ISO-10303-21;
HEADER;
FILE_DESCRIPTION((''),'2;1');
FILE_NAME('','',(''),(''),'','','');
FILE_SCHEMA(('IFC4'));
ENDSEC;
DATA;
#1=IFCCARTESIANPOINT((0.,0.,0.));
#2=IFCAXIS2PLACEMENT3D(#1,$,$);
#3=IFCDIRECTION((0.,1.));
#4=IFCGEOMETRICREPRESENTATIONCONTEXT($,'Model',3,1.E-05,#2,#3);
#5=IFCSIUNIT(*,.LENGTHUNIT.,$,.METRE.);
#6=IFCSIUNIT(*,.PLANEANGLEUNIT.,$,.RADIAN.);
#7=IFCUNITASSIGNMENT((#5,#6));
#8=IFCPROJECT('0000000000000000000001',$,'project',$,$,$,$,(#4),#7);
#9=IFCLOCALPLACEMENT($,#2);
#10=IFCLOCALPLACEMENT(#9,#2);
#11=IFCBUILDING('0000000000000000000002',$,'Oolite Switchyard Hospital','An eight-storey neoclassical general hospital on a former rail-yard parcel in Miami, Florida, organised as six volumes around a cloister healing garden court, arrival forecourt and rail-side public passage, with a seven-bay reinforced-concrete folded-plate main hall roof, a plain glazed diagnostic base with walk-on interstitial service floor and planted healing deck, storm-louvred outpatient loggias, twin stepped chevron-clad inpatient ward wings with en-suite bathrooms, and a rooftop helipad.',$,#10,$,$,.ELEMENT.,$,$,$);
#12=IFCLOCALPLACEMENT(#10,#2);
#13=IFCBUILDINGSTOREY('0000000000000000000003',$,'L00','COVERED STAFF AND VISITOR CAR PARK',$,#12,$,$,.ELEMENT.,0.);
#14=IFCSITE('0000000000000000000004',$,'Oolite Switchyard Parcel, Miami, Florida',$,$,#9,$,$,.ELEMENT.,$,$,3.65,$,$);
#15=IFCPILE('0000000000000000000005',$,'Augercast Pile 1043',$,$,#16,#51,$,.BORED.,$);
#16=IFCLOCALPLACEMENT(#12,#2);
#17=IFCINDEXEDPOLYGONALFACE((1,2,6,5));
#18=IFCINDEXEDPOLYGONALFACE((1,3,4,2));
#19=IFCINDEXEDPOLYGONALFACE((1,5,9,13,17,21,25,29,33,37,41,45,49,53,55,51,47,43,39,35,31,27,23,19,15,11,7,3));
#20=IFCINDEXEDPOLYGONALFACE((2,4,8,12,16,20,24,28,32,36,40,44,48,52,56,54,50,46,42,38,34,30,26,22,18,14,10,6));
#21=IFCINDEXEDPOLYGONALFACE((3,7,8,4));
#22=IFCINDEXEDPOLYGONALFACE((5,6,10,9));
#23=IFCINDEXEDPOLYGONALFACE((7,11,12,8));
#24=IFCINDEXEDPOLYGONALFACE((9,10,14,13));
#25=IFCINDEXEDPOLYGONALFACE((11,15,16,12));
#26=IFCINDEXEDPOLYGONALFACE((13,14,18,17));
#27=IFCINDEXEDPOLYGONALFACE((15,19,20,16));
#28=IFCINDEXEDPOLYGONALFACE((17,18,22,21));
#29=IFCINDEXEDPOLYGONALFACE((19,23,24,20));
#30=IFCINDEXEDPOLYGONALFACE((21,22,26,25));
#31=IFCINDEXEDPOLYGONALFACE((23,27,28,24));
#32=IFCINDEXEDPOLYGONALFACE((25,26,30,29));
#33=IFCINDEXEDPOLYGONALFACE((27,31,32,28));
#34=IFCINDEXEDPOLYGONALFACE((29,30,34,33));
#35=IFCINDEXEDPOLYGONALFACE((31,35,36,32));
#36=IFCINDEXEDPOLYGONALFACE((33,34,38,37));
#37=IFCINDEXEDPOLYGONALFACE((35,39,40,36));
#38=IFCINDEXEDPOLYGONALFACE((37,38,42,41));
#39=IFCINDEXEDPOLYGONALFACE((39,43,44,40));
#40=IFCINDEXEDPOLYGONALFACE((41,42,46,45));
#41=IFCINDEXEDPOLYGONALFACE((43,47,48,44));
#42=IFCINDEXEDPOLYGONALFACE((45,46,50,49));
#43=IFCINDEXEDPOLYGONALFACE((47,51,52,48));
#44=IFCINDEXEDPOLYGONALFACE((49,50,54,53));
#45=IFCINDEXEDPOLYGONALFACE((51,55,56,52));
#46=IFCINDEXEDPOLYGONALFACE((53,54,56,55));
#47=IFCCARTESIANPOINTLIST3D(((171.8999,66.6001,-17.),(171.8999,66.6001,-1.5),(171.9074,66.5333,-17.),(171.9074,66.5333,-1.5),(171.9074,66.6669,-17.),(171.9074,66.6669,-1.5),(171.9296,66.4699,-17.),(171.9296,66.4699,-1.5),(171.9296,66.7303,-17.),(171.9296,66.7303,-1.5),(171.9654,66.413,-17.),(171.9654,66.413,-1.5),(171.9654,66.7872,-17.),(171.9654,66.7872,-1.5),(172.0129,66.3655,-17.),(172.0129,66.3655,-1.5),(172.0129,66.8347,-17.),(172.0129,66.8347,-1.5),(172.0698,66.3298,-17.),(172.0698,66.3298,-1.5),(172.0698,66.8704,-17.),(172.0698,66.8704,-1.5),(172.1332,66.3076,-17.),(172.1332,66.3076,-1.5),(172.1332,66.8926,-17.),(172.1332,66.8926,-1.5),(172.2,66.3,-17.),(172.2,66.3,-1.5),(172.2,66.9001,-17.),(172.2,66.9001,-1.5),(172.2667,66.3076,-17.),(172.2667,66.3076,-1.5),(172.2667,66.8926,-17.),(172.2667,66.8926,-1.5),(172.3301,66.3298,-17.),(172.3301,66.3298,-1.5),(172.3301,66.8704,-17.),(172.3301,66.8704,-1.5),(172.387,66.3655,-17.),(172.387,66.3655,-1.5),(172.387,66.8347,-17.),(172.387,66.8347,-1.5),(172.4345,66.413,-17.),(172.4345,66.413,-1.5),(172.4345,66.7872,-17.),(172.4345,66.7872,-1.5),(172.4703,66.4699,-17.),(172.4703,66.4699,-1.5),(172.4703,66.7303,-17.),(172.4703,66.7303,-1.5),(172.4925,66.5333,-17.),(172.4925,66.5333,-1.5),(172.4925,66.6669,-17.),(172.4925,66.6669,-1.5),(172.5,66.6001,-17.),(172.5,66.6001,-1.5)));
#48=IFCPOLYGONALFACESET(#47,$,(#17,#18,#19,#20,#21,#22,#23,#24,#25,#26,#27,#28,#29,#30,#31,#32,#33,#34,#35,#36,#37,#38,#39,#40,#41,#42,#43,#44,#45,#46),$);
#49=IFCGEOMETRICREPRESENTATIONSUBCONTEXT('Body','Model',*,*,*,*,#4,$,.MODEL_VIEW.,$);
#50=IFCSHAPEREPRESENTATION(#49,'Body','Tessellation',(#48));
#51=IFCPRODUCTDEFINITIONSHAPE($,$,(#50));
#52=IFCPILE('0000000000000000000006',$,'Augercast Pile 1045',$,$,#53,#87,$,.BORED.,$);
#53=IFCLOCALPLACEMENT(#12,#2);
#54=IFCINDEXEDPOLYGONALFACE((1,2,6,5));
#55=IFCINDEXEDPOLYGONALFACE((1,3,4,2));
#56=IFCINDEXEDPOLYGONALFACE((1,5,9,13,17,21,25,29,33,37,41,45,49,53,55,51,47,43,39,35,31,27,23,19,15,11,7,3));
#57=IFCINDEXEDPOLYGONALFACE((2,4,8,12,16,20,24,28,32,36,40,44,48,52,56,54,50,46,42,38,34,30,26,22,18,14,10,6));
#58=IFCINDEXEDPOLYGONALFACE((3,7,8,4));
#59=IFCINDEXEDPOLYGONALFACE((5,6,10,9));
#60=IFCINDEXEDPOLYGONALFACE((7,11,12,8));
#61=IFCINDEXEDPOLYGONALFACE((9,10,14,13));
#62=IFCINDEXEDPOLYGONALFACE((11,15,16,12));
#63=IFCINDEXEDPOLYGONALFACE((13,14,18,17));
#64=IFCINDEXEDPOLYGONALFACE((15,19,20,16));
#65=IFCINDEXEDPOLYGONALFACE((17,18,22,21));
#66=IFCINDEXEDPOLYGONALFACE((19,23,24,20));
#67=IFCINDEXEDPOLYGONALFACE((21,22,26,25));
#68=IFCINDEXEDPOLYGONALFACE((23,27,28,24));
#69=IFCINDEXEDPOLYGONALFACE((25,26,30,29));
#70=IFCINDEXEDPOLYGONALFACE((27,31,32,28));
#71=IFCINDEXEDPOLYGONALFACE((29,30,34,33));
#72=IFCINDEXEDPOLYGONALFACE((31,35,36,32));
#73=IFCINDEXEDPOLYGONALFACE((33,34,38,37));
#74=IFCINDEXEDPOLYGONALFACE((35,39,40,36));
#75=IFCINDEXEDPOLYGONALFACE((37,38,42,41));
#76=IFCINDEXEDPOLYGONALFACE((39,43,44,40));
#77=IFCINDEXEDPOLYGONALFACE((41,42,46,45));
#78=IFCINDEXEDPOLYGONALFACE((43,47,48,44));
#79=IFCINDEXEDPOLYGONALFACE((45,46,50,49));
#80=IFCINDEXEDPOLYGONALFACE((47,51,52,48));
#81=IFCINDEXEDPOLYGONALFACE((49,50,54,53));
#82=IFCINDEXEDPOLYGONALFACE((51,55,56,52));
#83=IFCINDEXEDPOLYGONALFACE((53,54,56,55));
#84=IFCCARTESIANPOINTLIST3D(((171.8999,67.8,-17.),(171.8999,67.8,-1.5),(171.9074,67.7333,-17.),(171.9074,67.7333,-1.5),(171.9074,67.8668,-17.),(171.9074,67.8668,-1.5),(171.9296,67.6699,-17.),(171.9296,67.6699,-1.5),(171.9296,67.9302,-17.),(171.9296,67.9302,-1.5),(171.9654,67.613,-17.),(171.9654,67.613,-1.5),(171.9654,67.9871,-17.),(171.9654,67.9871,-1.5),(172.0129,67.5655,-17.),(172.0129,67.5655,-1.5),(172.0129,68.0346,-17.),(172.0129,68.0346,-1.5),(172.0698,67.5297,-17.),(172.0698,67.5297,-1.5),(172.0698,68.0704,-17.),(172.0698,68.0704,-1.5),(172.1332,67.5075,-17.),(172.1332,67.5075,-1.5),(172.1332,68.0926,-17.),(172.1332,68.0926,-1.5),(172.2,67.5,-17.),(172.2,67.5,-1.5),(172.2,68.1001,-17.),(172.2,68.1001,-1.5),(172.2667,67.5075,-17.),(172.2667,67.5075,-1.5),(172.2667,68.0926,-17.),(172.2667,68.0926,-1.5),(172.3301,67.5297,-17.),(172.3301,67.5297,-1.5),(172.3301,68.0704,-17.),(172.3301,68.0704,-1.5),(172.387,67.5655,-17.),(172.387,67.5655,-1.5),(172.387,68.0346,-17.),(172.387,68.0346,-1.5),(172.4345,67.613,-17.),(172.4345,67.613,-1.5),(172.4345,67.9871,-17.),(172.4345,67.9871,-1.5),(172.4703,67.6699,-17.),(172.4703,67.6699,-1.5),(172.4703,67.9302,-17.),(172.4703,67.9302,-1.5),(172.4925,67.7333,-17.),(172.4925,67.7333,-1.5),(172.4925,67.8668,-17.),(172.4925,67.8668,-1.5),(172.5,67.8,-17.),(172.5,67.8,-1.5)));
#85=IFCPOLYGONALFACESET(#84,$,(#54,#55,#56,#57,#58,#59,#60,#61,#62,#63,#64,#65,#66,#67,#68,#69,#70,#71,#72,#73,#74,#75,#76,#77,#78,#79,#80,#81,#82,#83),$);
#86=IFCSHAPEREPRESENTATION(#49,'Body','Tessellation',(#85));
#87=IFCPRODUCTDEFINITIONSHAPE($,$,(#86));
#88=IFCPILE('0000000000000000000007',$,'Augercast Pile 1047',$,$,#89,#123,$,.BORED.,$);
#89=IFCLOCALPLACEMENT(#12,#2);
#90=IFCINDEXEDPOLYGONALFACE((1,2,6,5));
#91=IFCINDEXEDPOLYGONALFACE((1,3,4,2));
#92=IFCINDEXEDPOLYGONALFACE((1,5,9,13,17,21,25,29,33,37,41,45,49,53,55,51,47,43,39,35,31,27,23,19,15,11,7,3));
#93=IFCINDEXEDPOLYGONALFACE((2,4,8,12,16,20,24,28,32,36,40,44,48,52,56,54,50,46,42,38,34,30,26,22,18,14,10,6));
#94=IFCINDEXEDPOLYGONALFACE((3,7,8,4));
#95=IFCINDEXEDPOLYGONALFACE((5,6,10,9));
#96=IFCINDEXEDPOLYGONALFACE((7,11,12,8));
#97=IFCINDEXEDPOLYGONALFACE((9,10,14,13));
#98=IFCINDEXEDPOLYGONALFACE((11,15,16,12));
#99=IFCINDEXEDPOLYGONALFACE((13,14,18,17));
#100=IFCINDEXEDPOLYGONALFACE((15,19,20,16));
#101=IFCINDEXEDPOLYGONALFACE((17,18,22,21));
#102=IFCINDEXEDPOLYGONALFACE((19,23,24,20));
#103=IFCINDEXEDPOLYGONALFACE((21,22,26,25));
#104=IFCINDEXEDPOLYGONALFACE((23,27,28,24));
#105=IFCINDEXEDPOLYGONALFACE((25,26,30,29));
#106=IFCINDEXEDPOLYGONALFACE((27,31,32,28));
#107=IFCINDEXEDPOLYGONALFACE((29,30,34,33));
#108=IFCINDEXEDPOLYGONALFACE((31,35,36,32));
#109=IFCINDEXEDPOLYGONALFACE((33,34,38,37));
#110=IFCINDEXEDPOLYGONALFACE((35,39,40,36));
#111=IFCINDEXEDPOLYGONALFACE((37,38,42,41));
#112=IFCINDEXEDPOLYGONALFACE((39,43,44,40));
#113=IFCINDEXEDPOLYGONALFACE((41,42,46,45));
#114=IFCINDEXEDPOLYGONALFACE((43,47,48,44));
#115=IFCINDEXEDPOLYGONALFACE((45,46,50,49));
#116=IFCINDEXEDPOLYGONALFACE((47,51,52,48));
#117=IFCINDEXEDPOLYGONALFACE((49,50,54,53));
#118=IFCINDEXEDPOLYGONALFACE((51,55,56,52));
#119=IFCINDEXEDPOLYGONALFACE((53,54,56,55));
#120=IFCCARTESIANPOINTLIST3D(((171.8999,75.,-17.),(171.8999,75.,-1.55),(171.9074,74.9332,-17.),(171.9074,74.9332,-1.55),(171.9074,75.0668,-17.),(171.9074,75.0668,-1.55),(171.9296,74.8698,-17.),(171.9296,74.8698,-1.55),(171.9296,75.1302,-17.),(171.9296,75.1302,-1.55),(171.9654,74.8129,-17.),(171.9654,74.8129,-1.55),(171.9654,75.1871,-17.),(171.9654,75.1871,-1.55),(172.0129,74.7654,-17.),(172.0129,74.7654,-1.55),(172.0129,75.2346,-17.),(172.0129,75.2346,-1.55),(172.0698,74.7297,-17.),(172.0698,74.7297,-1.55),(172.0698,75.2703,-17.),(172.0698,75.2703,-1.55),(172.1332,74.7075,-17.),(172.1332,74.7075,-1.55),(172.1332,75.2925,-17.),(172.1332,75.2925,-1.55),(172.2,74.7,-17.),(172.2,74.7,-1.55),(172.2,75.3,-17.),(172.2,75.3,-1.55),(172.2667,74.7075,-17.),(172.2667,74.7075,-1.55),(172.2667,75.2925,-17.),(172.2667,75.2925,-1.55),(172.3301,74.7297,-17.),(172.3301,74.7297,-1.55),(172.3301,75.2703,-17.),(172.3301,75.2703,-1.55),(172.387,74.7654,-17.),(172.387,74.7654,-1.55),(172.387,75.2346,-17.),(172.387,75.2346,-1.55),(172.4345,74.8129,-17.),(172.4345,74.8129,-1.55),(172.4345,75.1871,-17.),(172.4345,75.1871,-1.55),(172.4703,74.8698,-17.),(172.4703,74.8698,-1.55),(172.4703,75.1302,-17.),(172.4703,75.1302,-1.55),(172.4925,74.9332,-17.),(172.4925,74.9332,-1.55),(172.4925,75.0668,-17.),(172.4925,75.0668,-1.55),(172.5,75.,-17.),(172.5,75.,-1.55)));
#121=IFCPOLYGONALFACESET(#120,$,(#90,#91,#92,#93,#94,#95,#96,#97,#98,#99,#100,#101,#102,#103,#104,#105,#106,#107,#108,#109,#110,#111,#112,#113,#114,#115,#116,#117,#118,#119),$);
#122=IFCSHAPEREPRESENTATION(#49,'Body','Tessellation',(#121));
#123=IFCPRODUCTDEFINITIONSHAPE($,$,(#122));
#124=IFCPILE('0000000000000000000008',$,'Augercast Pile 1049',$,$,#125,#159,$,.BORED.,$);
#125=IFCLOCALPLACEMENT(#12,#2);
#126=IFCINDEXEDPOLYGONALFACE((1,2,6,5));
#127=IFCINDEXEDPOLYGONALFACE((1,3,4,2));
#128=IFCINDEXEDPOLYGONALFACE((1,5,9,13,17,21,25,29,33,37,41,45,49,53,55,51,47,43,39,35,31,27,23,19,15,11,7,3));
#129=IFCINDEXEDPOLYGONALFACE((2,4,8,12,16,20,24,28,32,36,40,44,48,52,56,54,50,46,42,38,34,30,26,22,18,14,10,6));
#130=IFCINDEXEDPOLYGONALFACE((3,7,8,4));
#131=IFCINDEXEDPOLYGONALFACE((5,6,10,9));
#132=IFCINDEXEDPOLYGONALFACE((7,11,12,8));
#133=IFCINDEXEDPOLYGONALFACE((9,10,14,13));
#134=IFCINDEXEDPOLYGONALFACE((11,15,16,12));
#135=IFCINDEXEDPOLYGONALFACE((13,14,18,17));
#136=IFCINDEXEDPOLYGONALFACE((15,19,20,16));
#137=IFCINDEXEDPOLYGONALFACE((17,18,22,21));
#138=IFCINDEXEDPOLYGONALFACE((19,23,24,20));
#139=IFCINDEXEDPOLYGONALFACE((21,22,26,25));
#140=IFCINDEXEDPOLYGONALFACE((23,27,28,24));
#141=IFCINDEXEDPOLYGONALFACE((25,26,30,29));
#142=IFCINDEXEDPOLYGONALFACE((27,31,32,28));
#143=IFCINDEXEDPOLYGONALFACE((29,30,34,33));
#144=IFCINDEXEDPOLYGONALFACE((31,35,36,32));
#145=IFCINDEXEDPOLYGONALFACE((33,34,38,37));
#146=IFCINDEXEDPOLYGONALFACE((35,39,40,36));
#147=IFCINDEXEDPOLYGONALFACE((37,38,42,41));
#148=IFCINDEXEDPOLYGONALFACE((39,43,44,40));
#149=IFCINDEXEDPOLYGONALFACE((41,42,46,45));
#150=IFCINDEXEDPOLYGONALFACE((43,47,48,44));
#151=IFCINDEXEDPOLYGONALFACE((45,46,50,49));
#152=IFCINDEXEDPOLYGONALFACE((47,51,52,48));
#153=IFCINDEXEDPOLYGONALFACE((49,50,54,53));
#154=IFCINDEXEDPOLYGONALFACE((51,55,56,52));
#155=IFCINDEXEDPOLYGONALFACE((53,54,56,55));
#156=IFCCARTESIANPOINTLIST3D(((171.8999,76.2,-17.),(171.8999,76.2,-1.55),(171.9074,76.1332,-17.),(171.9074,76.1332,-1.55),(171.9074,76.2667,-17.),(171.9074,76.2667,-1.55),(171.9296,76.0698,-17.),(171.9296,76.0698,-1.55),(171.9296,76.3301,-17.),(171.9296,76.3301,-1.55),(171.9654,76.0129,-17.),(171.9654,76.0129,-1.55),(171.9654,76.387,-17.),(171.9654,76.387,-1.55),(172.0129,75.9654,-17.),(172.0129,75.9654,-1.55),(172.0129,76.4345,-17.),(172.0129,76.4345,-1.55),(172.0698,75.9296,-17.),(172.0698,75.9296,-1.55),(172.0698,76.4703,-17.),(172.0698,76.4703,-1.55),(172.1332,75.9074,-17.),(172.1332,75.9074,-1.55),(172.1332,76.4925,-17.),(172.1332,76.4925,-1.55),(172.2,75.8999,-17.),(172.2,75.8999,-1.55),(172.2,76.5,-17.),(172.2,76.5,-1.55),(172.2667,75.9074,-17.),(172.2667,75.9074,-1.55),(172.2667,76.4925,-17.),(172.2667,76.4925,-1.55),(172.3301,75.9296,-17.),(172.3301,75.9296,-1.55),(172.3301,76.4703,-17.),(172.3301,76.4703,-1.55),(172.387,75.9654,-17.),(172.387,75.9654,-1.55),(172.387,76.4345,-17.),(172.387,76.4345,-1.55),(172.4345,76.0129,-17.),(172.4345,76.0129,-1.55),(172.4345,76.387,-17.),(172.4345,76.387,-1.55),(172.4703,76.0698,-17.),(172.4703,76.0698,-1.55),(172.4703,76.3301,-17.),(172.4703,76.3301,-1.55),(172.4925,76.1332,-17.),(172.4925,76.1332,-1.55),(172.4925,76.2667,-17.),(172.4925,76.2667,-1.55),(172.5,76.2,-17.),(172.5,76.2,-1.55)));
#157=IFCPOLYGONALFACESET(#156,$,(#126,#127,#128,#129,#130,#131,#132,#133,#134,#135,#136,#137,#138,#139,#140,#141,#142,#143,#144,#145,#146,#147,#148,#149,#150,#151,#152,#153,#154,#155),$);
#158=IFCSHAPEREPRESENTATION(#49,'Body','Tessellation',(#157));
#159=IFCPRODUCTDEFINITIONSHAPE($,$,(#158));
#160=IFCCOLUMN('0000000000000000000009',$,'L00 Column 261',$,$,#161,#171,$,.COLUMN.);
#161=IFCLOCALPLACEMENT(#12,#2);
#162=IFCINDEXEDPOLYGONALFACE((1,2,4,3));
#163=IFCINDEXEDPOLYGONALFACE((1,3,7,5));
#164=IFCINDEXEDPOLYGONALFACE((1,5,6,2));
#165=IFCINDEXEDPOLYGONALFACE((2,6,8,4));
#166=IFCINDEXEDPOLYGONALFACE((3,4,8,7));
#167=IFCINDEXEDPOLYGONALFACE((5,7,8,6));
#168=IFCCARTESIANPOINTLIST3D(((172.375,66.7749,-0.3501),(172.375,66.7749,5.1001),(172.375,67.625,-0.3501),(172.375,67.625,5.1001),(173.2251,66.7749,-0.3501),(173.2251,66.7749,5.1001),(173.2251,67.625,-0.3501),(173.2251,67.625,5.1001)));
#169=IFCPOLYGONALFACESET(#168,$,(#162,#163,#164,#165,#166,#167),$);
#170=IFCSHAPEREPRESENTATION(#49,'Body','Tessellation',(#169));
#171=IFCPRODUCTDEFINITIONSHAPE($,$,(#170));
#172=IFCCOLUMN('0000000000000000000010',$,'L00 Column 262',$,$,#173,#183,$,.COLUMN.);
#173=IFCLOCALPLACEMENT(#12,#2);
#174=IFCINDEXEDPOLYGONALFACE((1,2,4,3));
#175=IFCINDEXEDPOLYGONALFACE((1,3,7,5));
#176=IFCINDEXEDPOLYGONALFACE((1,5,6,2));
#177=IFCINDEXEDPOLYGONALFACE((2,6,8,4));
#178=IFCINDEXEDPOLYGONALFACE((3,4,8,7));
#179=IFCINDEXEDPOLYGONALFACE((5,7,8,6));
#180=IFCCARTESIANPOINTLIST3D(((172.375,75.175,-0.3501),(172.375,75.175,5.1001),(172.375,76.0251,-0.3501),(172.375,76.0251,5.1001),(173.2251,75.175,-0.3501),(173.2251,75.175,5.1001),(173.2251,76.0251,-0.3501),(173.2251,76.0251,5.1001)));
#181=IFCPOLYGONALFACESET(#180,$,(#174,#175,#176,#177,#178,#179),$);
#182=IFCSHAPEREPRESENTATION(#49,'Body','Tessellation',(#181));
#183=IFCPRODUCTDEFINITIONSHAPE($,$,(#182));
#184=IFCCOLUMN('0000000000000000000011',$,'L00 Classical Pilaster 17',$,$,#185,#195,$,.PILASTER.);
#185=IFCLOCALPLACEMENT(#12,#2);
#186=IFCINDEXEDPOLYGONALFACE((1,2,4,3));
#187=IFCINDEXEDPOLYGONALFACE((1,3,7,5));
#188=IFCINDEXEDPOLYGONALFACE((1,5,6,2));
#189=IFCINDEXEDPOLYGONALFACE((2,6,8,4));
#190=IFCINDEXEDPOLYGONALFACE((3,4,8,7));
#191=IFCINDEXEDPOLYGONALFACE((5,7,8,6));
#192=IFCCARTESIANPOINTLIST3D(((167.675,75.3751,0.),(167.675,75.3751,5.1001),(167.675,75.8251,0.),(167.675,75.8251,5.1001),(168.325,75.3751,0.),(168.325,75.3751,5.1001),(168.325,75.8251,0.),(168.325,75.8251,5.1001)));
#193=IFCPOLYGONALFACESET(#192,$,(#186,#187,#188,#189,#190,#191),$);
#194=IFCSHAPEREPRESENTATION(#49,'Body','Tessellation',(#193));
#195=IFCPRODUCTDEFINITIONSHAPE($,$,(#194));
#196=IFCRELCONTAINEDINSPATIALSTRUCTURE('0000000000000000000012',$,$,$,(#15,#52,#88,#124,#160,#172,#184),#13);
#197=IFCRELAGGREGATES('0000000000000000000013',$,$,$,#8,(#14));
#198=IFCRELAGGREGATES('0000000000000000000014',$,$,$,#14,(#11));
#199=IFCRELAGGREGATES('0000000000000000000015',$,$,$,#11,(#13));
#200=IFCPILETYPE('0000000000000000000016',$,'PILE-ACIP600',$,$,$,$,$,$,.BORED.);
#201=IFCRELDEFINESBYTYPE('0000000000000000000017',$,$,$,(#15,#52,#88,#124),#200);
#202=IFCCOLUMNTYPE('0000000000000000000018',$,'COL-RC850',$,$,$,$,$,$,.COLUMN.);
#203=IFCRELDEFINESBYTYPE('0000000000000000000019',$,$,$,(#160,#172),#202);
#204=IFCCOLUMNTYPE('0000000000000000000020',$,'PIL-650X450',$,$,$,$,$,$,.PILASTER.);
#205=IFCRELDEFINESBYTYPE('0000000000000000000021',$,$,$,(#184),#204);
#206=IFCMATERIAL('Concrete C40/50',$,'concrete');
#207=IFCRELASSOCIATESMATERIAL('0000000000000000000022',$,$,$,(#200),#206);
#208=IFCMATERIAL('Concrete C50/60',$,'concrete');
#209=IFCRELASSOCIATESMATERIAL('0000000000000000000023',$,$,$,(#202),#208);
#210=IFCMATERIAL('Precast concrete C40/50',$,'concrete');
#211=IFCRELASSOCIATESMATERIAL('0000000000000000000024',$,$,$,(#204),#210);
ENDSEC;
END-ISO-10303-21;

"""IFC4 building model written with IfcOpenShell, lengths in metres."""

from ifc_helpers import new_model, si_unit, direction, frame, origin, origin_2d, place, context, subcontext, project, spatial, rectangle, circle, extrude, material, material_profile, profile_set, type_object, element, save


model = new_model("IFC4")

# Units and contexts
model_context = context("Model", 3, precision=1e-05, world=origin(), true_north=direction((0.0, 1.0)))
body_context = subcontext(model_context, "Body", "Model", "MODEL_VIEW")
ifc_project = project(units=[si_unit("LENGTHUNIT", "METRE"), si_unit("PLANEANGLEUNIT", "RADIAN")], contexts=[model_context])

# Site, building, storey
site_placement = place(None, origin())
site = spatial("IfcSite", under=ifc_project, at=site_placement, Name="Oolite Switchyard Parcel, Miami, Florida", CompositionType="ELEMENT", RefElevation=3.65)
building_placement = place(site_placement, origin())
building = spatial("IfcBuilding", under=site, at=building_placement, Name="Oolite Switchyard Hospital", Description="An eight-storey neoclassical general hospital on a former rail-yard parcel in Miami, Florida, organised as six volumes around a cloister healing garden court, arrival forecourt and rail-side public passage, with a seven-bay reinforced-concrete folded-plate main hall roof, a plain glazed diagnostic base with walk-on interstitial service floor and planted healing deck, storm-louvred outpatient loggias, twin stepped chevron-clad inpatient ward wings with en-suite bathrooms, and a rooftop helipad.", CompositionType="ELEMENT")
storey_placement = place(building_placement, origin())
storey = spatial("IfcBuildingStorey", under=building, at=storey_placement, Name="L00", Description="COVERED STAFF AND VISITOR CAR PARK", CompositionType="ELEMENT", Elevation=0.0)

# Shared definitions
ifc_material_1 = material(Name="Concrete C40/50", Category="concrete")

# Piles
ifc_material_profile_1 = material_profile(ifc_material_1, circle(Radius=0.3, at=origin_2d()), Name="PILE600")
ifc_profile_set_1 = profile_set([ifc_material_profile_1], Name="Concrete C40/50")
pile_type = type_object("IfcPileType", Name="PILE-ACIP600", PredefinedType="BORED", material=ifc_profile_set_1)
for number, where, z_axis, x_axis, name in (
    (1, (172.2, 66.6001, -1.5), (0.0, 0.0, -1.0), (1.0, 0.0, 0.0), "Augercast Pile 1043"),
    (2, (172.2, 67.8, -1.5), (0.0, 0.0, -1.0), (1.0, 0.0, 0.0), "Augercast Pile 1045"),
):
    element("IfcPile", number, at=place(storey_placement, frame(where, z_axis=z_axis, x_axis=x_axis)), inside=storey, type_object=pile_type, Name=name, PredefinedType="BORED", context=body_context, shape_type="SweptSolid", body=[
        extrude(circle(Radius=0.3, at=origin_2d()), origin(), (0.0, 0.0, 1.0), 15.5),
    ])
for number, where, z_axis, x_axis, name in (
    (3, (172.2, 75.0, -1.55), (0.0, 0.0, -1.0), (1.0, 0.0, 0.0), "Augercast Pile 1047"),
    (4, (172.2, 76.2, -1.55), (0.0, 0.0, -1.0), (1.0, 0.0, 0.0), "Augercast Pile 1049"),
):
    element("IfcPile", number, at=place(storey_placement, frame(where, z_axis=z_axis, x_axis=x_axis)), inside=storey, type_object=pile_type, Name=name, PredefinedType="BORED", context=body_context, shape_type="SweptSolid", body=[
        extrude(circle(Radius=0.3, at=origin_2d()), origin(), (0.0, 0.0, 1.0), 15.45),
    ])

# Columns
ifc_material_2 = material(Name="Concrete C50/60", Category="concrete")
ifc_material_profile_2 = material_profile(ifc_material_2, rectangle(XDim=0.8501, YDim=0.8501, at=origin_2d()), Name="RC850X850")
ifc_profile_set_2 = profile_set([ifc_material_profile_2], Name="Concrete C50/60")
column_type_1 = type_object("IfcColumnType", Name="COL-RC850", PredefinedType="COLUMN", material=ifc_profile_set_2)
for number, where, z_axis, x_axis, name in (
    (5, (172.8, 67.2, -0.3501), (0.0, 0.0, 1.0), (1.0, 0.0, 0.0), "L00 Column 261"),
    (6, (172.8, 75.6001, -0.3501), (0.0, 0.0, 1.0), (1.0, 0.0, 0.0), "L00 Column 262"),
):
    element("IfcColumn", number, at=place(storey_placement, frame(where, z_axis=z_axis, x_axis=x_axis)), inside=storey, type_object=column_type_1, Name=name, PredefinedType="COLUMN", context=body_context, shape_type="SweptSolid", body=[
        extrude(rectangle(XDim=0.8501, YDim=0.8501, at=origin_2d()), origin(), (0.0, 0.0, 1.0), 5.4502),
    ])
ifc_material_3 = material(Name="Precast concrete C40/50", Category="concrete")
ifc_material_profile_3 = material_profile(ifc_material_3, rectangle(XDim=0.6499, YDim=0.45, at=origin_2d()), Name="PIL650X450")
ifc_profile_set_3 = profile_set([ifc_material_profile_3], Name="Precast concrete C40/50")
column_type_2 = type_object("IfcColumnType", Name="PIL-650X450", PredefinedType="PILASTER", material=ifc_profile_set_3)
column_placement = place(storey_placement, frame((168.0, 75.6001, 0.0), z_axis=(0.0, 0.0, 1.0), x_axis=(1.0, 0.0, 0.0)))
element("IfcColumn", 7, at=column_placement, inside=storey, type_object=column_type_2, Name="L00 Classical Pilaster 17", PredefinedType="PILASTER", context=body_context, shape_type="SweptSolid", body=[
    extrude(rectangle(XDim=0.6499, YDim=0.45, at=origin_2d()), origin(), (0.0, 0.0, 1.0), 5.1001),
])

save(model, "model.ifc")
